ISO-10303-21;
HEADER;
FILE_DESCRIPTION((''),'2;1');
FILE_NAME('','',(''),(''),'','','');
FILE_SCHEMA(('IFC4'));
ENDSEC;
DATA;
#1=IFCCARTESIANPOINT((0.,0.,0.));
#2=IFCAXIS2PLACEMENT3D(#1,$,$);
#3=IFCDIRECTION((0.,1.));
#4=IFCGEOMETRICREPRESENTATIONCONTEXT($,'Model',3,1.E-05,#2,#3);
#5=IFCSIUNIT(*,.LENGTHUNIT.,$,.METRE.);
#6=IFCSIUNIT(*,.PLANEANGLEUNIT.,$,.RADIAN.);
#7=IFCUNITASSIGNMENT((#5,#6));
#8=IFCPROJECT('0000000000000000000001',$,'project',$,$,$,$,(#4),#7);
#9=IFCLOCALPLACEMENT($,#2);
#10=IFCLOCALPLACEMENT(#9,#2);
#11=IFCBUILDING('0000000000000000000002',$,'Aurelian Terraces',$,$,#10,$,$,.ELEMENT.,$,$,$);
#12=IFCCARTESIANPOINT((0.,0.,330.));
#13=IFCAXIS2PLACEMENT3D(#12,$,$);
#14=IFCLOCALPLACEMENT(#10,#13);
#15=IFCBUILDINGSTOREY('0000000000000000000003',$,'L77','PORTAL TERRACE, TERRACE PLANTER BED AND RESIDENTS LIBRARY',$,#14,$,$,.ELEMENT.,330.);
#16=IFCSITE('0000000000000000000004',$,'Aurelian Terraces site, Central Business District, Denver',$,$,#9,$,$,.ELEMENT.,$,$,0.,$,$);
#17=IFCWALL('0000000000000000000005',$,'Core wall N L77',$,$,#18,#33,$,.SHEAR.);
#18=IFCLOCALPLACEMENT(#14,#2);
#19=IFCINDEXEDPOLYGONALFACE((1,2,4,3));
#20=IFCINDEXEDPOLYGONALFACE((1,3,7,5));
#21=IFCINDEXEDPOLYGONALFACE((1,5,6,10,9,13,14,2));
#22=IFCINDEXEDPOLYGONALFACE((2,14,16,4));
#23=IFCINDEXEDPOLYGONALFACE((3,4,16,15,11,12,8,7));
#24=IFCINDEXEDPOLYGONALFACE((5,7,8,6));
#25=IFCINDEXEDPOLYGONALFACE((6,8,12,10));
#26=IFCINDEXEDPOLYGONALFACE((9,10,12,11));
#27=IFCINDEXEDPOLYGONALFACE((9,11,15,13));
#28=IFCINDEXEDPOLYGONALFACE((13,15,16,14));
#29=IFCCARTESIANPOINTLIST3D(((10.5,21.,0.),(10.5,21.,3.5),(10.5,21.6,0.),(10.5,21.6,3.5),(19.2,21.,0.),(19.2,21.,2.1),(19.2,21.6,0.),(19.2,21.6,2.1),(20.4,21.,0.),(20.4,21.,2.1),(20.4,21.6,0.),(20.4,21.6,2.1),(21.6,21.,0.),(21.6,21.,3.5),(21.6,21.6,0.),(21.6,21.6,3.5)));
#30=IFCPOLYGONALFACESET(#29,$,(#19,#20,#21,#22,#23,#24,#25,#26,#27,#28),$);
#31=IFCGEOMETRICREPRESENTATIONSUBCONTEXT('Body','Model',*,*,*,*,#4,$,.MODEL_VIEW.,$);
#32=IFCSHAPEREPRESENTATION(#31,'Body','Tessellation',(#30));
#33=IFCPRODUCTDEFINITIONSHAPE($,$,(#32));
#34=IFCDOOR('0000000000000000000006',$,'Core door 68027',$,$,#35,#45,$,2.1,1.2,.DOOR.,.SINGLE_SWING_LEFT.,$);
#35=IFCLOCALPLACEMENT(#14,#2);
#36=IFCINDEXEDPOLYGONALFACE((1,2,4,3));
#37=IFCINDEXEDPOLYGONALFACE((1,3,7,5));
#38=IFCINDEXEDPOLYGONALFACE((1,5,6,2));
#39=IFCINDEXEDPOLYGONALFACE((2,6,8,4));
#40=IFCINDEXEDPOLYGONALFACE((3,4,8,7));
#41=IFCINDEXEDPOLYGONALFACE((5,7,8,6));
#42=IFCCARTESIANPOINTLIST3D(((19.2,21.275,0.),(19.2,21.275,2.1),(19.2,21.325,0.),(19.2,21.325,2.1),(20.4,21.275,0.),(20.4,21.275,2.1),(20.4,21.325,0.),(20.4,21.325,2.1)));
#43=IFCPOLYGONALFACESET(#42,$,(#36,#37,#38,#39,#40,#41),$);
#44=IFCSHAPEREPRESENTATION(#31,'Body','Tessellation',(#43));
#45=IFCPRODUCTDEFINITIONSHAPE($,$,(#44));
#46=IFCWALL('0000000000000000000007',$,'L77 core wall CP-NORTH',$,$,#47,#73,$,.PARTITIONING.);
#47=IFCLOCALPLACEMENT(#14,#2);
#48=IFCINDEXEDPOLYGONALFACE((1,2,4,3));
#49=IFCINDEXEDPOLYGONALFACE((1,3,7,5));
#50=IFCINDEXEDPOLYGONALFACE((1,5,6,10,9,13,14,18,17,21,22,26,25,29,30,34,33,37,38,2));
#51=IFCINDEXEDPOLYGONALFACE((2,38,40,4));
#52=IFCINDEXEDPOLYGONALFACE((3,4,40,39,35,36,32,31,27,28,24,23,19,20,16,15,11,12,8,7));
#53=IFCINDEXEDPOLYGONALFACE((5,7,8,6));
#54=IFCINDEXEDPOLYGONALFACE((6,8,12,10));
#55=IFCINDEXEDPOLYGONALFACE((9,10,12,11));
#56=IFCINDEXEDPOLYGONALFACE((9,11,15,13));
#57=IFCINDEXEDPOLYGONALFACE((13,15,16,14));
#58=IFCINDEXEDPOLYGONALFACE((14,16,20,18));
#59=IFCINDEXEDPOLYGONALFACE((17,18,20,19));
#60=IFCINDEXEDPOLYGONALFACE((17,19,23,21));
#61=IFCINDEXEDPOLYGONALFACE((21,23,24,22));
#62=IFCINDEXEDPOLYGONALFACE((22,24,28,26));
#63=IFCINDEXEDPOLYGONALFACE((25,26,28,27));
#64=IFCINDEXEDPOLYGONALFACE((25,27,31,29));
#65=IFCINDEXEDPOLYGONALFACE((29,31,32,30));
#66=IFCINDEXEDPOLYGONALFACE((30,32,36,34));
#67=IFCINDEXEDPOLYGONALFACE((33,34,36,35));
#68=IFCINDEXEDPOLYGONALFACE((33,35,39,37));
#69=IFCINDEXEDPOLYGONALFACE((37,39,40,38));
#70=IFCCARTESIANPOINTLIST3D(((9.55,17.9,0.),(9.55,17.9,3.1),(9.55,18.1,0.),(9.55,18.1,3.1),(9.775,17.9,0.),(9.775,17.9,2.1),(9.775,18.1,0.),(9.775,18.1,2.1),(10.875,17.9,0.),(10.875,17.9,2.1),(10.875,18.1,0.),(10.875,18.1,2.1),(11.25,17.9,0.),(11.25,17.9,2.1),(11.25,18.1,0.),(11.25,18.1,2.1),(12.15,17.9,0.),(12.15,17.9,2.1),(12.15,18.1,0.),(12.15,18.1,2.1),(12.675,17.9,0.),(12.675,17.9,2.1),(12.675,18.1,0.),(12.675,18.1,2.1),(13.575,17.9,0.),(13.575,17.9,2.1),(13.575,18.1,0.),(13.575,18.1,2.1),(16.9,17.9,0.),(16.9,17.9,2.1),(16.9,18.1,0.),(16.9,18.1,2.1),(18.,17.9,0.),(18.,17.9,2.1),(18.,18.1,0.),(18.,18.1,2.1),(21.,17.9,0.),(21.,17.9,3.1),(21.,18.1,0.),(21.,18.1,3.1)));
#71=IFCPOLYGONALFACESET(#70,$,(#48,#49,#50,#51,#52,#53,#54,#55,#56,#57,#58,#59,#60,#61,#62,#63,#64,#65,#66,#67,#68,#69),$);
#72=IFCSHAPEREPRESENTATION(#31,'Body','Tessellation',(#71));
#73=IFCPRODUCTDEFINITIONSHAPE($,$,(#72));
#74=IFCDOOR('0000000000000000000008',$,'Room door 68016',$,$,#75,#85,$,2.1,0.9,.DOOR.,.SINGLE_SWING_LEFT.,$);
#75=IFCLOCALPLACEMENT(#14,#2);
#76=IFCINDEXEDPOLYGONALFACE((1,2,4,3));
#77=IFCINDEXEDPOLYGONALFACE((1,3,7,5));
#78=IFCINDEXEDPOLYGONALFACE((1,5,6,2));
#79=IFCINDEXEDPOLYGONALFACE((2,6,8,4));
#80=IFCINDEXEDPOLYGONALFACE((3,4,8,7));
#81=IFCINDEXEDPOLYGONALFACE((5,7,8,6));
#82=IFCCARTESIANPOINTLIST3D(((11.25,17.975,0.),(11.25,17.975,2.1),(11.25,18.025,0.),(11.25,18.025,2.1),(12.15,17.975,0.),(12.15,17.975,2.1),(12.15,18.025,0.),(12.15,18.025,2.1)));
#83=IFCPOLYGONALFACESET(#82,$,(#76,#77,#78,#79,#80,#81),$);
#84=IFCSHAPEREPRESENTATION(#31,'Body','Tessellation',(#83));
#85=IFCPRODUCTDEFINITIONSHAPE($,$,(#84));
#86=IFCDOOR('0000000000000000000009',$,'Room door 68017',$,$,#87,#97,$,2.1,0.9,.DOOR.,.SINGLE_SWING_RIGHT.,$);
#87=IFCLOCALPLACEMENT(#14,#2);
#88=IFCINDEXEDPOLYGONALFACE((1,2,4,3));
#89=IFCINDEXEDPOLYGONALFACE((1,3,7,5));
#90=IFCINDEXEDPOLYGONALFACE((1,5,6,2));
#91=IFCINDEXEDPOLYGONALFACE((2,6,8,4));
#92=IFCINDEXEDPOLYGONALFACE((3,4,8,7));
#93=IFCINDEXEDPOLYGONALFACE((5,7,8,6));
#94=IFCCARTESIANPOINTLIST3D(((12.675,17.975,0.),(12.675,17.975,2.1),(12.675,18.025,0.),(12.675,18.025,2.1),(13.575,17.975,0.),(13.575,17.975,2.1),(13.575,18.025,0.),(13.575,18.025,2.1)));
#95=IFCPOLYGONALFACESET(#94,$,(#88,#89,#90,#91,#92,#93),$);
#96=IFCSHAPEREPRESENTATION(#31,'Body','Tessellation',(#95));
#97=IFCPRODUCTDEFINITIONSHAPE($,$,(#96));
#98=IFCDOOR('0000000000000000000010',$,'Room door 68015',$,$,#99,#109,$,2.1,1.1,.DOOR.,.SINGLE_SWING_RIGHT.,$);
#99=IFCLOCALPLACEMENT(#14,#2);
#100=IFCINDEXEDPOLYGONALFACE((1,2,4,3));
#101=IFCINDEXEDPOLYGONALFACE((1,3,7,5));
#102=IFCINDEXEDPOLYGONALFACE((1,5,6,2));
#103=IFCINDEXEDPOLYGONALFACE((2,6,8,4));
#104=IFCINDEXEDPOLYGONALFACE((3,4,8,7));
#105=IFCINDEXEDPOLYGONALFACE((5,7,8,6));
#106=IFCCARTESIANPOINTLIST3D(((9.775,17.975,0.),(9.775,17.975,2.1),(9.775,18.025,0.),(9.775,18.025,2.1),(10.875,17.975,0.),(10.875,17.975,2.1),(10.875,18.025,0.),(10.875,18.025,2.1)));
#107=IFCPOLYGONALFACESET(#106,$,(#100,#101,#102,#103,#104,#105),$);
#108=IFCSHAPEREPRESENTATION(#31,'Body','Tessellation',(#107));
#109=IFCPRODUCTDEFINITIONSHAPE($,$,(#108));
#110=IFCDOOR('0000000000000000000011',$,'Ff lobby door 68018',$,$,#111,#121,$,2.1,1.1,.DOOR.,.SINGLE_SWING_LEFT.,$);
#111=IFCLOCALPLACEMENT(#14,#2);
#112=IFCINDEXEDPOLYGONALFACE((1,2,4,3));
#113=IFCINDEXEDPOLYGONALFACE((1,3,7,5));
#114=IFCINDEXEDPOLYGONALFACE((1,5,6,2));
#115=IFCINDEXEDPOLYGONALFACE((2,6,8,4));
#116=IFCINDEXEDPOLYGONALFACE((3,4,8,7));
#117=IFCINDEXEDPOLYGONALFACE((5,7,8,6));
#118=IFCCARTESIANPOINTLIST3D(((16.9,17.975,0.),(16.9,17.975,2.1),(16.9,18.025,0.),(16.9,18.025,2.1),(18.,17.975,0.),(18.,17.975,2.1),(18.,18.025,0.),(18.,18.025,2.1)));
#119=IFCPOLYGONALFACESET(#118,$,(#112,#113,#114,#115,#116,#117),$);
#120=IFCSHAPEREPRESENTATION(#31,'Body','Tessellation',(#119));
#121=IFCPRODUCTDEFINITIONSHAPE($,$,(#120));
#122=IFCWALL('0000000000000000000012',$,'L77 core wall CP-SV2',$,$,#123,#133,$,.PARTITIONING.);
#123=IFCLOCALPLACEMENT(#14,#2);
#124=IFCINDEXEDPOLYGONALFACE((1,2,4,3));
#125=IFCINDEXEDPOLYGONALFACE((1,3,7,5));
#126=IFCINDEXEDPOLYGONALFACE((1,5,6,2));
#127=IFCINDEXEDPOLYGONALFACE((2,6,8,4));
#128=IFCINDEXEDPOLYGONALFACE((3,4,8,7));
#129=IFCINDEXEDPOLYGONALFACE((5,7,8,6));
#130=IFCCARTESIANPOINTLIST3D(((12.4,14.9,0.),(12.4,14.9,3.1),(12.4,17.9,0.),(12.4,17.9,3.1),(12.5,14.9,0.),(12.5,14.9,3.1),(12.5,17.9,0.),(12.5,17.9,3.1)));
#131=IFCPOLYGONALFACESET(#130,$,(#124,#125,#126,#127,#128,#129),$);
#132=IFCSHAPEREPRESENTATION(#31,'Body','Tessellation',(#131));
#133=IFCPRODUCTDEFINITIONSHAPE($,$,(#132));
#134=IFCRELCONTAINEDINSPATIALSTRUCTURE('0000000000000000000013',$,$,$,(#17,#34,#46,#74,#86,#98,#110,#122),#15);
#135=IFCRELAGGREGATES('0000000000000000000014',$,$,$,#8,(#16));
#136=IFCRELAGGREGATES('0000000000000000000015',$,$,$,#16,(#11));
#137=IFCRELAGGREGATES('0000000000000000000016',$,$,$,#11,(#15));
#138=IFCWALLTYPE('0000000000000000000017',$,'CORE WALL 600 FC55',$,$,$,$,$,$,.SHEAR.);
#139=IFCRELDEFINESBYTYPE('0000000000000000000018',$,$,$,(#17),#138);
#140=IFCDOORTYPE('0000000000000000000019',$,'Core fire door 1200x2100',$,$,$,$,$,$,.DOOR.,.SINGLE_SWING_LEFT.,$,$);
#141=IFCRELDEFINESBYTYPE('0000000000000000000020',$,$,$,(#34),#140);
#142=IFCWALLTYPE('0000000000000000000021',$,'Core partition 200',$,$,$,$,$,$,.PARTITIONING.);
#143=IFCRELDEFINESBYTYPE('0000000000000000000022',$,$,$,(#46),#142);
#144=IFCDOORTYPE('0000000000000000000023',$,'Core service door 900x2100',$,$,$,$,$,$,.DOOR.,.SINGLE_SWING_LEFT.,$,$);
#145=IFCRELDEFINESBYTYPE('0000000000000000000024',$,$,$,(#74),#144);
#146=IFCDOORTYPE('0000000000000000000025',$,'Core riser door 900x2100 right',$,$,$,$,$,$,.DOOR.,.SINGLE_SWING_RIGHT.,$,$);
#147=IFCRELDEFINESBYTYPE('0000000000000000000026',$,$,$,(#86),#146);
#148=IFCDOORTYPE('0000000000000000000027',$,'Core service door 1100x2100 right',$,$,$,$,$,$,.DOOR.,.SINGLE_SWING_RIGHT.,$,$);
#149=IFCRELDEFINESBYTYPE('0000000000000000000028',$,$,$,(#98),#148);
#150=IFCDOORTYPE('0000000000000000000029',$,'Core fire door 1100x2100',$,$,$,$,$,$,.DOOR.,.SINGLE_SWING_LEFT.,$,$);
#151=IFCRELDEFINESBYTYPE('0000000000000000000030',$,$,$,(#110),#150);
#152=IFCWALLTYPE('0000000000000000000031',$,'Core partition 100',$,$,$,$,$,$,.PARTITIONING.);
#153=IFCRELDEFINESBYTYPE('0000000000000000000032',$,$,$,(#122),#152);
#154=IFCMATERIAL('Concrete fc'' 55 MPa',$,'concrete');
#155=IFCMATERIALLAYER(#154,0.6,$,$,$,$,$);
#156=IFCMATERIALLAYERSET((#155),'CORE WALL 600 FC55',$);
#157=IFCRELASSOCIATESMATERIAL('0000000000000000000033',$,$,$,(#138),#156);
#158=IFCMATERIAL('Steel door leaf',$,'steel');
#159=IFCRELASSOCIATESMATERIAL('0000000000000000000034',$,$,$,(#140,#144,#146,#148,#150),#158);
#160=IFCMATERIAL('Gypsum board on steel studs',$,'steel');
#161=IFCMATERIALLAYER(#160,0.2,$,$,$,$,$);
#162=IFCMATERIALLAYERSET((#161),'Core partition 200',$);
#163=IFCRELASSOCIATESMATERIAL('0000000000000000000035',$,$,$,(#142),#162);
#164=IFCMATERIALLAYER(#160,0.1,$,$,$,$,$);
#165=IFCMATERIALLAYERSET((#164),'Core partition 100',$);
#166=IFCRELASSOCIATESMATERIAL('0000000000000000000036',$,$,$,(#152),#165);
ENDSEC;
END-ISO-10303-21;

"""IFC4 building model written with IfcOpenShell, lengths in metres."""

from ifc_helpers import new_model, si_unit, direction, frame, frame_2d, origin, place, context, subcontext, project, spatial, rectangle, extrude, source, transform, mapped, material, layer, layer_set, type_object, element, fill, save


model = new_model("IFC4")

# Units and contexts
model_context = context("Model", 3, precision=1e-05, world=origin(), true_north=direction((0.0, 1.0)))
body_context = subcontext(model_context, "Body", "Model", "MODEL_VIEW")
ifc_project = project(units=[si_unit("LENGTHUNIT", "METRE"), si_unit("PLANEANGLEUNIT", "RADIAN")], contexts=[model_context])

# Site, building, storey
site_placement = place(None, origin())
site = spatial("IfcSite", under=ifc_project, at=site_placement, Name="Aurelian Terraces site, Central Business District, Denver", CompositionType="ELEMENT", RefElevation=0.0)
building_placement = place(site_placement, origin())
building = spatial("IfcBuilding", under=site, at=building_placement, Name="Aurelian Terraces", CompositionType="ELEMENT")
storey_placement = place(building_placement, frame((0.0, 0.0, 330.0)))
storey = spatial("IfcBuildingStorey", under=building, at=storey_placement, Name="L77", Description="PORTAL TERRACE, TERRACE PLANTER BED AND RESIDENTS LIBRARY", CompositionType="ELEMENT", Elevation=330.0)

# Wall, opening, door
ifc_material_1 = material(Name="Concrete fc' 55 MPa", Category="concrete")
ifc_layer_1 = layer(ifc_material_1, 0.6)
ifc_layer_set_1 = layer_set([ifc_layer_1], Name="CORE WALL 600 FC55")
wall_type_1 = type_object("IfcWallType", Name="CORE WALL 600 FC55", PredefinedType="SHEAR", material=ifc_layer_set_1)
shared_shape_1 = source(origin(), body_context, "Body", "SweptSolid", [
    extrude(rectangle(XDim=11.1, YDim=0.6, at=frame_2d((5.55, 0.0))), origin(), (0.0, 0.0, 1.0), 3.5),
])
wall_1_placement = place(storey_placement, frame((10.5, 21.3, 0.0), z_axis=(0.0, 0.0, 1.0), x_axis=(1.0, 0.0, 0.0)))
wall_1 = element("IfcWall", 1, at=wall_1_placement, inside=storey, type_object=wall_type_1, Name="Core wall N L77", PredefinedType="SHEAR", context=body_context, shape_type="MappedRepresentation", body=[
    mapped(shared_shape_1, transform((0.0, 0.0, 0.0), scale=1.0)),
])
shared_shape_2 = source(origin(), body_context, "Body", "SweptSolid", [
    extrude(rectangle(XDim=1.2, YDim=2.1, at=frame_2d((0.6, 1.05))), frame((0.0, 0.31, 0.0), z_axis=(0.0, -1.0, 0.0), x_axis=(1.0, 0.0, 0.0)), (0.0, 0.0, 1.0), 0.62),
])
opening_1_placement = place(wall_1_placement, frame((8.7, 0.0, 0.0)))
opening_1 = element("IfcOpeningElement", 2, at=opening_1_placement, cuts=wall_1, PredefinedType="OPENING", context=body_context, shape_type="MappedRepresentation", body=[
    mapped(shared_shape_2, transform((0.0, 0.0, 0.0), scale=1.0)),
])
ifc_material_2 = material(Name="Steel door leaf", Category="steel")
door_type_1 = type_object("IfcDoorType", Name="Core fire door 1200x2100", OperationType="SINGLE_SWING_LEFT", PredefinedType="DOOR", material=ifc_material_2)
shared_shape_3 = source(origin(), body_context, "Body", "SweptSolid", [
    extrude(rectangle(XDim=1.2, YDim=2.1, at=frame_2d((0.6, 1.05))), frame((0.0, 0.025, 0.0), z_axis=(0.0, -1.0, 0.0), x_axis=(1.0, 0.0, 0.0)), (0.0, 0.0, 1.0), 0.05),
])
door_1_placement = place(opening_1_placement, origin())
door_1 = element("IfcDoor", 3, at=door_1_placement, inside=storey, type_object=door_type_1, Name="Core door 68027", OperationType="SINGLE_SWING_LEFT", OverallHeight=2.1, OverallWidth=1.2, PredefinedType="DOOR", context=body_context, shape_type="MappedRepresentation", body=[
    mapped(shared_shape_3, transform((0.0, 0.0, 0.0), scale=1.0)),
])
fill(opening_1, door_1)

# Wall, openings, doors
ifc_material_3 = material(Name="Gypsum board on steel studs", Category="steel")
ifc_layer_2 = layer(ifc_material_3, 0.2)
ifc_layer_set_2 = layer_set([ifc_layer_2], Name="Core partition 200")
wall_type_2 = type_object("IfcWallType", Name="Core partition 200", PredefinedType="PARTITIONING", material=ifc_layer_set_2)
shared_shape_4 = source(origin(), body_context, "Body", "SweptSolid", [
    extrude(rectangle(XDim=11.45, YDim=0.2, at=frame_2d((5.725, 0.0))), origin(), (0.0, 0.0, 1.0), 3.1),
])
wall_2_placement = place(storey_placement, frame((9.55, 18.0, 0.0), z_axis=(0.0, 0.0, 1.0), x_axis=(1.0, 0.0, 0.0)))
wall_2 = element("IfcWall", 4, at=wall_2_placement, inside=storey, type_object=wall_type_2, Name="L77 core wall CP-NORTH", PredefinedType="PARTITIONING", context=body_context, shape_type="MappedRepresentation", body=[
    mapped(shared_shape_4, transform((0.0, 0.0, 0.0), scale=1.0)),
])
shared_shape_5 = source(origin(), body_context, "Body", "SweptSolid", [
    extrude(rectangle(XDim=1.1, YDim=2.1, at=frame_2d((0.55, 1.05))), frame((0.0, 0.11, 0.0), z_axis=(0.0, -1.0, 0.0), x_axis=(1.0, 0.0, 0.0)), (0.0, 0.0, 1.0), 0.22),
])
opening_2_placement = place(wall_2_placement, frame((0.225, 0.0, 0.0)))
opening_2 = element("IfcOpeningElement", 5, at=opening_2_placement, cuts=wall_2, PredefinedType="OPENING", context=body_context, shape_type="MappedRepresentation", body=[
    mapped(shared_shape_5, transform((0.0, 0.0, 0.0), scale=1.0)),
])
shared_shape_6 = source(origin(), body_context, "Body", "SweptSolid", [
    extrude(rectangle(XDim=0.9, YDim=2.1, at=frame_2d((0.45, 1.05))), frame((0.0, 0.11, 0.0), z_axis=(0.0, -1.0, 0.0), x_axis=(1.0, 0.0, 0.0)), (0.0, 0.0, 1.0), 0.22),
])
opening_3_placement = place(wall_2_placement, frame((1.7, 0.0, 0.0)))
opening_3 = element("IfcOpeningElement", 6, at=opening_3_placement, cuts=wall_2, PredefinedType="OPENING", context=body_context, shape_type="MappedRepresentation", body=[
    mapped(shared_shape_6, transform((0.0, 0.0, 0.0), scale=1.0)),
])
opening_4_placement = place(wall_2_placement, frame((3.125, 0.0, 0.0)))
opening_4 = element("IfcOpeningElement", 7, at=opening_4_placement, cuts=wall_2, PredefinedType="OPENING", context=body_context, shape_type="MappedRepresentation", body=[
    mapped(shared_shape_6, transform((0.0, 0.0, 0.0), scale=1.0)),
])
opening_5_placement = place(wall_2_placement, frame((7.35, 0.0, 0.0)))
opening_5 = element("IfcOpeningElement", 8, at=opening_5_placement, cuts=wall_2, PredefinedType="OPENING", context=body_context, shape_type="MappedRepresentation", body=[
    mapped(shared_shape_5, transform((0.0, 0.0, 0.0), scale=1.0)),
])
door_type_2 = type_object("IfcDoorType", Name="Core service door 900x2100", OperationType="SINGLE_SWING_LEFT", PredefinedType="DOOR", material=ifc_material_2)
shared_shape_7 = source(origin(), body_context, "Body", "SweptSolid", [
    extrude(rectangle(XDim=0.9, YDim=2.1, at=frame_2d((0.45, 1.05))), frame((0.0, 0.025, 0.0), z_axis=(0.0, -1.0, 0.0), x_axis=(1.0, 0.0, 0.0)), (0.0, 0.0, 1.0), 0.05),
])
door_2_placement = place(opening_3_placement, origin())
door_2 = element("IfcDoor", 9, at=door_2_placement, inside=storey, type_object=door_type_2, Name="Room door 68016", OperationType="SINGLE_SWING_LEFT", OverallHeight=2.1, OverallWidth=0.9, PredefinedType="DOOR", context=body_context, shape_type="MappedRepresentation", body=[
    mapped(shared_shape_7, transform((0.0, 0.0, 0.0), scale=1.0)),
])
fill(opening_3, door_2)
door_type_3 = type_object("IfcDoorType", Name="Core riser door 900x2100 right", OperationType="SINGLE_SWING_RIGHT", PredefinedType="DOOR", material=ifc_material_2)
door_3_placement = place(opening_4_placement, origin())
door_3 = element("IfcDoor", 10, at=door_3_placement, inside=storey, type_object=door_type_3, Name="Room door 68017", OperationType="SINGLE_SWING_RIGHT", OverallHeight=2.1, OverallWidth=0.9, PredefinedType="DOOR", context=body_context, shape_type="MappedRepresentation", body=[
    mapped(shared_shape_7, transform((0.0, 0.0, 0.0), scale=1.0)),
])
fill(opening_4, door_3)
door_type_4 = type_object("IfcDoorType", Name="Core service door 1100x2100 right", OperationType="SINGLE_SWING_RIGHT", PredefinedType="DOOR", material=ifc_material_2)
shared_shape_8 = source(origin(), body_context, "Body", "SweptSolid", [
    extrude(rectangle(XDim=1.1, YDim=2.1, at=frame_2d((0.55, 1.05))), frame((0.0, 0.025, 0.0), z_axis=(0.0, -1.0, 0.0), x_axis=(1.0, 0.0, 0.0)), (0.0, 0.0, 1.0), 0.05),
])
door_4_placement = place(opening_2_placement, origin())
door_4 = element("IfcDoor", 11, at=door_4_placement, inside=storey, type_object=door_type_4, Name="Room door 68015", OperationType="SINGLE_SWING_RIGHT", OverallHeight=2.1, OverallWidth=1.1, PredefinedType="DOOR", context=body_context, shape_type="MappedRepresentation", body=[
    mapped(shared_shape_8, transform((0.0, 0.0, 0.0), scale=1.0)),
])
fill(opening_2, door_4)
door_type_5 = type_object("IfcDoorType", Name="Core fire door 1100x2100", OperationType="SINGLE_SWING_LEFT", PredefinedType="DOOR", material=ifc_material_2)
door_5_placement = place(opening_5_placement, origin())
door_5 = element("IfcDoor", 12, at=door_5_placement, inside=storey, type_object=door_type_5, Name="Ff lobby door 68018", OperationType="SINGLE_SWING_LEFT", OverallHeight=2.1, OverallWidth=1.1, PredefinedType="DOOR", context=body_context, shape_type="MappedRepresentation", body=[
    mapped(shared_shape_8, transform((0.0, 0.0, 0.0), scale=1.0)),
])
fill(opening_5, door_5)

# Wall
ifc_layer_3 = layer(ifc_material_3, 0.1)
ifc_layer_set_3 = layer_set([ifc_layer_3], Name="Core partition 100")
wall_type_3 = type_object("IfcWallType", Name="Core partition 100", PredefinedType="PARTITIONING", material=ifc_layer_set_3)
shared_shape_9 = source(origin(), body_context, "Body", "SweptSolid", [
    extrude(rectangle(XDim=3.0, YDim=0.1, at=frame_2d((1.5, 0.0))), origin(), (0.0, 0.0, 1.0), 3.1),
])
wall_3_placement = place(storey_placement, frame((12.45, 14.9, 0.0), z_axis=(0.0, 0.0, 1.0), x_axis=(0.0, 1.0, 0.0)))
element("IfcWall", 13, at=wall_3_placement, inside=storey, type_object=wall_type_3, Name="L77 core wall CP-SV2", PredefinedType="PARTITIONING", context=body_context, shape_type="MappedRepresentation", body=[
    mapped(shared_shape_9, transform((0.0, 0.0, 0.0), scale=1.0)),
])

save(model, "model.ifc")
